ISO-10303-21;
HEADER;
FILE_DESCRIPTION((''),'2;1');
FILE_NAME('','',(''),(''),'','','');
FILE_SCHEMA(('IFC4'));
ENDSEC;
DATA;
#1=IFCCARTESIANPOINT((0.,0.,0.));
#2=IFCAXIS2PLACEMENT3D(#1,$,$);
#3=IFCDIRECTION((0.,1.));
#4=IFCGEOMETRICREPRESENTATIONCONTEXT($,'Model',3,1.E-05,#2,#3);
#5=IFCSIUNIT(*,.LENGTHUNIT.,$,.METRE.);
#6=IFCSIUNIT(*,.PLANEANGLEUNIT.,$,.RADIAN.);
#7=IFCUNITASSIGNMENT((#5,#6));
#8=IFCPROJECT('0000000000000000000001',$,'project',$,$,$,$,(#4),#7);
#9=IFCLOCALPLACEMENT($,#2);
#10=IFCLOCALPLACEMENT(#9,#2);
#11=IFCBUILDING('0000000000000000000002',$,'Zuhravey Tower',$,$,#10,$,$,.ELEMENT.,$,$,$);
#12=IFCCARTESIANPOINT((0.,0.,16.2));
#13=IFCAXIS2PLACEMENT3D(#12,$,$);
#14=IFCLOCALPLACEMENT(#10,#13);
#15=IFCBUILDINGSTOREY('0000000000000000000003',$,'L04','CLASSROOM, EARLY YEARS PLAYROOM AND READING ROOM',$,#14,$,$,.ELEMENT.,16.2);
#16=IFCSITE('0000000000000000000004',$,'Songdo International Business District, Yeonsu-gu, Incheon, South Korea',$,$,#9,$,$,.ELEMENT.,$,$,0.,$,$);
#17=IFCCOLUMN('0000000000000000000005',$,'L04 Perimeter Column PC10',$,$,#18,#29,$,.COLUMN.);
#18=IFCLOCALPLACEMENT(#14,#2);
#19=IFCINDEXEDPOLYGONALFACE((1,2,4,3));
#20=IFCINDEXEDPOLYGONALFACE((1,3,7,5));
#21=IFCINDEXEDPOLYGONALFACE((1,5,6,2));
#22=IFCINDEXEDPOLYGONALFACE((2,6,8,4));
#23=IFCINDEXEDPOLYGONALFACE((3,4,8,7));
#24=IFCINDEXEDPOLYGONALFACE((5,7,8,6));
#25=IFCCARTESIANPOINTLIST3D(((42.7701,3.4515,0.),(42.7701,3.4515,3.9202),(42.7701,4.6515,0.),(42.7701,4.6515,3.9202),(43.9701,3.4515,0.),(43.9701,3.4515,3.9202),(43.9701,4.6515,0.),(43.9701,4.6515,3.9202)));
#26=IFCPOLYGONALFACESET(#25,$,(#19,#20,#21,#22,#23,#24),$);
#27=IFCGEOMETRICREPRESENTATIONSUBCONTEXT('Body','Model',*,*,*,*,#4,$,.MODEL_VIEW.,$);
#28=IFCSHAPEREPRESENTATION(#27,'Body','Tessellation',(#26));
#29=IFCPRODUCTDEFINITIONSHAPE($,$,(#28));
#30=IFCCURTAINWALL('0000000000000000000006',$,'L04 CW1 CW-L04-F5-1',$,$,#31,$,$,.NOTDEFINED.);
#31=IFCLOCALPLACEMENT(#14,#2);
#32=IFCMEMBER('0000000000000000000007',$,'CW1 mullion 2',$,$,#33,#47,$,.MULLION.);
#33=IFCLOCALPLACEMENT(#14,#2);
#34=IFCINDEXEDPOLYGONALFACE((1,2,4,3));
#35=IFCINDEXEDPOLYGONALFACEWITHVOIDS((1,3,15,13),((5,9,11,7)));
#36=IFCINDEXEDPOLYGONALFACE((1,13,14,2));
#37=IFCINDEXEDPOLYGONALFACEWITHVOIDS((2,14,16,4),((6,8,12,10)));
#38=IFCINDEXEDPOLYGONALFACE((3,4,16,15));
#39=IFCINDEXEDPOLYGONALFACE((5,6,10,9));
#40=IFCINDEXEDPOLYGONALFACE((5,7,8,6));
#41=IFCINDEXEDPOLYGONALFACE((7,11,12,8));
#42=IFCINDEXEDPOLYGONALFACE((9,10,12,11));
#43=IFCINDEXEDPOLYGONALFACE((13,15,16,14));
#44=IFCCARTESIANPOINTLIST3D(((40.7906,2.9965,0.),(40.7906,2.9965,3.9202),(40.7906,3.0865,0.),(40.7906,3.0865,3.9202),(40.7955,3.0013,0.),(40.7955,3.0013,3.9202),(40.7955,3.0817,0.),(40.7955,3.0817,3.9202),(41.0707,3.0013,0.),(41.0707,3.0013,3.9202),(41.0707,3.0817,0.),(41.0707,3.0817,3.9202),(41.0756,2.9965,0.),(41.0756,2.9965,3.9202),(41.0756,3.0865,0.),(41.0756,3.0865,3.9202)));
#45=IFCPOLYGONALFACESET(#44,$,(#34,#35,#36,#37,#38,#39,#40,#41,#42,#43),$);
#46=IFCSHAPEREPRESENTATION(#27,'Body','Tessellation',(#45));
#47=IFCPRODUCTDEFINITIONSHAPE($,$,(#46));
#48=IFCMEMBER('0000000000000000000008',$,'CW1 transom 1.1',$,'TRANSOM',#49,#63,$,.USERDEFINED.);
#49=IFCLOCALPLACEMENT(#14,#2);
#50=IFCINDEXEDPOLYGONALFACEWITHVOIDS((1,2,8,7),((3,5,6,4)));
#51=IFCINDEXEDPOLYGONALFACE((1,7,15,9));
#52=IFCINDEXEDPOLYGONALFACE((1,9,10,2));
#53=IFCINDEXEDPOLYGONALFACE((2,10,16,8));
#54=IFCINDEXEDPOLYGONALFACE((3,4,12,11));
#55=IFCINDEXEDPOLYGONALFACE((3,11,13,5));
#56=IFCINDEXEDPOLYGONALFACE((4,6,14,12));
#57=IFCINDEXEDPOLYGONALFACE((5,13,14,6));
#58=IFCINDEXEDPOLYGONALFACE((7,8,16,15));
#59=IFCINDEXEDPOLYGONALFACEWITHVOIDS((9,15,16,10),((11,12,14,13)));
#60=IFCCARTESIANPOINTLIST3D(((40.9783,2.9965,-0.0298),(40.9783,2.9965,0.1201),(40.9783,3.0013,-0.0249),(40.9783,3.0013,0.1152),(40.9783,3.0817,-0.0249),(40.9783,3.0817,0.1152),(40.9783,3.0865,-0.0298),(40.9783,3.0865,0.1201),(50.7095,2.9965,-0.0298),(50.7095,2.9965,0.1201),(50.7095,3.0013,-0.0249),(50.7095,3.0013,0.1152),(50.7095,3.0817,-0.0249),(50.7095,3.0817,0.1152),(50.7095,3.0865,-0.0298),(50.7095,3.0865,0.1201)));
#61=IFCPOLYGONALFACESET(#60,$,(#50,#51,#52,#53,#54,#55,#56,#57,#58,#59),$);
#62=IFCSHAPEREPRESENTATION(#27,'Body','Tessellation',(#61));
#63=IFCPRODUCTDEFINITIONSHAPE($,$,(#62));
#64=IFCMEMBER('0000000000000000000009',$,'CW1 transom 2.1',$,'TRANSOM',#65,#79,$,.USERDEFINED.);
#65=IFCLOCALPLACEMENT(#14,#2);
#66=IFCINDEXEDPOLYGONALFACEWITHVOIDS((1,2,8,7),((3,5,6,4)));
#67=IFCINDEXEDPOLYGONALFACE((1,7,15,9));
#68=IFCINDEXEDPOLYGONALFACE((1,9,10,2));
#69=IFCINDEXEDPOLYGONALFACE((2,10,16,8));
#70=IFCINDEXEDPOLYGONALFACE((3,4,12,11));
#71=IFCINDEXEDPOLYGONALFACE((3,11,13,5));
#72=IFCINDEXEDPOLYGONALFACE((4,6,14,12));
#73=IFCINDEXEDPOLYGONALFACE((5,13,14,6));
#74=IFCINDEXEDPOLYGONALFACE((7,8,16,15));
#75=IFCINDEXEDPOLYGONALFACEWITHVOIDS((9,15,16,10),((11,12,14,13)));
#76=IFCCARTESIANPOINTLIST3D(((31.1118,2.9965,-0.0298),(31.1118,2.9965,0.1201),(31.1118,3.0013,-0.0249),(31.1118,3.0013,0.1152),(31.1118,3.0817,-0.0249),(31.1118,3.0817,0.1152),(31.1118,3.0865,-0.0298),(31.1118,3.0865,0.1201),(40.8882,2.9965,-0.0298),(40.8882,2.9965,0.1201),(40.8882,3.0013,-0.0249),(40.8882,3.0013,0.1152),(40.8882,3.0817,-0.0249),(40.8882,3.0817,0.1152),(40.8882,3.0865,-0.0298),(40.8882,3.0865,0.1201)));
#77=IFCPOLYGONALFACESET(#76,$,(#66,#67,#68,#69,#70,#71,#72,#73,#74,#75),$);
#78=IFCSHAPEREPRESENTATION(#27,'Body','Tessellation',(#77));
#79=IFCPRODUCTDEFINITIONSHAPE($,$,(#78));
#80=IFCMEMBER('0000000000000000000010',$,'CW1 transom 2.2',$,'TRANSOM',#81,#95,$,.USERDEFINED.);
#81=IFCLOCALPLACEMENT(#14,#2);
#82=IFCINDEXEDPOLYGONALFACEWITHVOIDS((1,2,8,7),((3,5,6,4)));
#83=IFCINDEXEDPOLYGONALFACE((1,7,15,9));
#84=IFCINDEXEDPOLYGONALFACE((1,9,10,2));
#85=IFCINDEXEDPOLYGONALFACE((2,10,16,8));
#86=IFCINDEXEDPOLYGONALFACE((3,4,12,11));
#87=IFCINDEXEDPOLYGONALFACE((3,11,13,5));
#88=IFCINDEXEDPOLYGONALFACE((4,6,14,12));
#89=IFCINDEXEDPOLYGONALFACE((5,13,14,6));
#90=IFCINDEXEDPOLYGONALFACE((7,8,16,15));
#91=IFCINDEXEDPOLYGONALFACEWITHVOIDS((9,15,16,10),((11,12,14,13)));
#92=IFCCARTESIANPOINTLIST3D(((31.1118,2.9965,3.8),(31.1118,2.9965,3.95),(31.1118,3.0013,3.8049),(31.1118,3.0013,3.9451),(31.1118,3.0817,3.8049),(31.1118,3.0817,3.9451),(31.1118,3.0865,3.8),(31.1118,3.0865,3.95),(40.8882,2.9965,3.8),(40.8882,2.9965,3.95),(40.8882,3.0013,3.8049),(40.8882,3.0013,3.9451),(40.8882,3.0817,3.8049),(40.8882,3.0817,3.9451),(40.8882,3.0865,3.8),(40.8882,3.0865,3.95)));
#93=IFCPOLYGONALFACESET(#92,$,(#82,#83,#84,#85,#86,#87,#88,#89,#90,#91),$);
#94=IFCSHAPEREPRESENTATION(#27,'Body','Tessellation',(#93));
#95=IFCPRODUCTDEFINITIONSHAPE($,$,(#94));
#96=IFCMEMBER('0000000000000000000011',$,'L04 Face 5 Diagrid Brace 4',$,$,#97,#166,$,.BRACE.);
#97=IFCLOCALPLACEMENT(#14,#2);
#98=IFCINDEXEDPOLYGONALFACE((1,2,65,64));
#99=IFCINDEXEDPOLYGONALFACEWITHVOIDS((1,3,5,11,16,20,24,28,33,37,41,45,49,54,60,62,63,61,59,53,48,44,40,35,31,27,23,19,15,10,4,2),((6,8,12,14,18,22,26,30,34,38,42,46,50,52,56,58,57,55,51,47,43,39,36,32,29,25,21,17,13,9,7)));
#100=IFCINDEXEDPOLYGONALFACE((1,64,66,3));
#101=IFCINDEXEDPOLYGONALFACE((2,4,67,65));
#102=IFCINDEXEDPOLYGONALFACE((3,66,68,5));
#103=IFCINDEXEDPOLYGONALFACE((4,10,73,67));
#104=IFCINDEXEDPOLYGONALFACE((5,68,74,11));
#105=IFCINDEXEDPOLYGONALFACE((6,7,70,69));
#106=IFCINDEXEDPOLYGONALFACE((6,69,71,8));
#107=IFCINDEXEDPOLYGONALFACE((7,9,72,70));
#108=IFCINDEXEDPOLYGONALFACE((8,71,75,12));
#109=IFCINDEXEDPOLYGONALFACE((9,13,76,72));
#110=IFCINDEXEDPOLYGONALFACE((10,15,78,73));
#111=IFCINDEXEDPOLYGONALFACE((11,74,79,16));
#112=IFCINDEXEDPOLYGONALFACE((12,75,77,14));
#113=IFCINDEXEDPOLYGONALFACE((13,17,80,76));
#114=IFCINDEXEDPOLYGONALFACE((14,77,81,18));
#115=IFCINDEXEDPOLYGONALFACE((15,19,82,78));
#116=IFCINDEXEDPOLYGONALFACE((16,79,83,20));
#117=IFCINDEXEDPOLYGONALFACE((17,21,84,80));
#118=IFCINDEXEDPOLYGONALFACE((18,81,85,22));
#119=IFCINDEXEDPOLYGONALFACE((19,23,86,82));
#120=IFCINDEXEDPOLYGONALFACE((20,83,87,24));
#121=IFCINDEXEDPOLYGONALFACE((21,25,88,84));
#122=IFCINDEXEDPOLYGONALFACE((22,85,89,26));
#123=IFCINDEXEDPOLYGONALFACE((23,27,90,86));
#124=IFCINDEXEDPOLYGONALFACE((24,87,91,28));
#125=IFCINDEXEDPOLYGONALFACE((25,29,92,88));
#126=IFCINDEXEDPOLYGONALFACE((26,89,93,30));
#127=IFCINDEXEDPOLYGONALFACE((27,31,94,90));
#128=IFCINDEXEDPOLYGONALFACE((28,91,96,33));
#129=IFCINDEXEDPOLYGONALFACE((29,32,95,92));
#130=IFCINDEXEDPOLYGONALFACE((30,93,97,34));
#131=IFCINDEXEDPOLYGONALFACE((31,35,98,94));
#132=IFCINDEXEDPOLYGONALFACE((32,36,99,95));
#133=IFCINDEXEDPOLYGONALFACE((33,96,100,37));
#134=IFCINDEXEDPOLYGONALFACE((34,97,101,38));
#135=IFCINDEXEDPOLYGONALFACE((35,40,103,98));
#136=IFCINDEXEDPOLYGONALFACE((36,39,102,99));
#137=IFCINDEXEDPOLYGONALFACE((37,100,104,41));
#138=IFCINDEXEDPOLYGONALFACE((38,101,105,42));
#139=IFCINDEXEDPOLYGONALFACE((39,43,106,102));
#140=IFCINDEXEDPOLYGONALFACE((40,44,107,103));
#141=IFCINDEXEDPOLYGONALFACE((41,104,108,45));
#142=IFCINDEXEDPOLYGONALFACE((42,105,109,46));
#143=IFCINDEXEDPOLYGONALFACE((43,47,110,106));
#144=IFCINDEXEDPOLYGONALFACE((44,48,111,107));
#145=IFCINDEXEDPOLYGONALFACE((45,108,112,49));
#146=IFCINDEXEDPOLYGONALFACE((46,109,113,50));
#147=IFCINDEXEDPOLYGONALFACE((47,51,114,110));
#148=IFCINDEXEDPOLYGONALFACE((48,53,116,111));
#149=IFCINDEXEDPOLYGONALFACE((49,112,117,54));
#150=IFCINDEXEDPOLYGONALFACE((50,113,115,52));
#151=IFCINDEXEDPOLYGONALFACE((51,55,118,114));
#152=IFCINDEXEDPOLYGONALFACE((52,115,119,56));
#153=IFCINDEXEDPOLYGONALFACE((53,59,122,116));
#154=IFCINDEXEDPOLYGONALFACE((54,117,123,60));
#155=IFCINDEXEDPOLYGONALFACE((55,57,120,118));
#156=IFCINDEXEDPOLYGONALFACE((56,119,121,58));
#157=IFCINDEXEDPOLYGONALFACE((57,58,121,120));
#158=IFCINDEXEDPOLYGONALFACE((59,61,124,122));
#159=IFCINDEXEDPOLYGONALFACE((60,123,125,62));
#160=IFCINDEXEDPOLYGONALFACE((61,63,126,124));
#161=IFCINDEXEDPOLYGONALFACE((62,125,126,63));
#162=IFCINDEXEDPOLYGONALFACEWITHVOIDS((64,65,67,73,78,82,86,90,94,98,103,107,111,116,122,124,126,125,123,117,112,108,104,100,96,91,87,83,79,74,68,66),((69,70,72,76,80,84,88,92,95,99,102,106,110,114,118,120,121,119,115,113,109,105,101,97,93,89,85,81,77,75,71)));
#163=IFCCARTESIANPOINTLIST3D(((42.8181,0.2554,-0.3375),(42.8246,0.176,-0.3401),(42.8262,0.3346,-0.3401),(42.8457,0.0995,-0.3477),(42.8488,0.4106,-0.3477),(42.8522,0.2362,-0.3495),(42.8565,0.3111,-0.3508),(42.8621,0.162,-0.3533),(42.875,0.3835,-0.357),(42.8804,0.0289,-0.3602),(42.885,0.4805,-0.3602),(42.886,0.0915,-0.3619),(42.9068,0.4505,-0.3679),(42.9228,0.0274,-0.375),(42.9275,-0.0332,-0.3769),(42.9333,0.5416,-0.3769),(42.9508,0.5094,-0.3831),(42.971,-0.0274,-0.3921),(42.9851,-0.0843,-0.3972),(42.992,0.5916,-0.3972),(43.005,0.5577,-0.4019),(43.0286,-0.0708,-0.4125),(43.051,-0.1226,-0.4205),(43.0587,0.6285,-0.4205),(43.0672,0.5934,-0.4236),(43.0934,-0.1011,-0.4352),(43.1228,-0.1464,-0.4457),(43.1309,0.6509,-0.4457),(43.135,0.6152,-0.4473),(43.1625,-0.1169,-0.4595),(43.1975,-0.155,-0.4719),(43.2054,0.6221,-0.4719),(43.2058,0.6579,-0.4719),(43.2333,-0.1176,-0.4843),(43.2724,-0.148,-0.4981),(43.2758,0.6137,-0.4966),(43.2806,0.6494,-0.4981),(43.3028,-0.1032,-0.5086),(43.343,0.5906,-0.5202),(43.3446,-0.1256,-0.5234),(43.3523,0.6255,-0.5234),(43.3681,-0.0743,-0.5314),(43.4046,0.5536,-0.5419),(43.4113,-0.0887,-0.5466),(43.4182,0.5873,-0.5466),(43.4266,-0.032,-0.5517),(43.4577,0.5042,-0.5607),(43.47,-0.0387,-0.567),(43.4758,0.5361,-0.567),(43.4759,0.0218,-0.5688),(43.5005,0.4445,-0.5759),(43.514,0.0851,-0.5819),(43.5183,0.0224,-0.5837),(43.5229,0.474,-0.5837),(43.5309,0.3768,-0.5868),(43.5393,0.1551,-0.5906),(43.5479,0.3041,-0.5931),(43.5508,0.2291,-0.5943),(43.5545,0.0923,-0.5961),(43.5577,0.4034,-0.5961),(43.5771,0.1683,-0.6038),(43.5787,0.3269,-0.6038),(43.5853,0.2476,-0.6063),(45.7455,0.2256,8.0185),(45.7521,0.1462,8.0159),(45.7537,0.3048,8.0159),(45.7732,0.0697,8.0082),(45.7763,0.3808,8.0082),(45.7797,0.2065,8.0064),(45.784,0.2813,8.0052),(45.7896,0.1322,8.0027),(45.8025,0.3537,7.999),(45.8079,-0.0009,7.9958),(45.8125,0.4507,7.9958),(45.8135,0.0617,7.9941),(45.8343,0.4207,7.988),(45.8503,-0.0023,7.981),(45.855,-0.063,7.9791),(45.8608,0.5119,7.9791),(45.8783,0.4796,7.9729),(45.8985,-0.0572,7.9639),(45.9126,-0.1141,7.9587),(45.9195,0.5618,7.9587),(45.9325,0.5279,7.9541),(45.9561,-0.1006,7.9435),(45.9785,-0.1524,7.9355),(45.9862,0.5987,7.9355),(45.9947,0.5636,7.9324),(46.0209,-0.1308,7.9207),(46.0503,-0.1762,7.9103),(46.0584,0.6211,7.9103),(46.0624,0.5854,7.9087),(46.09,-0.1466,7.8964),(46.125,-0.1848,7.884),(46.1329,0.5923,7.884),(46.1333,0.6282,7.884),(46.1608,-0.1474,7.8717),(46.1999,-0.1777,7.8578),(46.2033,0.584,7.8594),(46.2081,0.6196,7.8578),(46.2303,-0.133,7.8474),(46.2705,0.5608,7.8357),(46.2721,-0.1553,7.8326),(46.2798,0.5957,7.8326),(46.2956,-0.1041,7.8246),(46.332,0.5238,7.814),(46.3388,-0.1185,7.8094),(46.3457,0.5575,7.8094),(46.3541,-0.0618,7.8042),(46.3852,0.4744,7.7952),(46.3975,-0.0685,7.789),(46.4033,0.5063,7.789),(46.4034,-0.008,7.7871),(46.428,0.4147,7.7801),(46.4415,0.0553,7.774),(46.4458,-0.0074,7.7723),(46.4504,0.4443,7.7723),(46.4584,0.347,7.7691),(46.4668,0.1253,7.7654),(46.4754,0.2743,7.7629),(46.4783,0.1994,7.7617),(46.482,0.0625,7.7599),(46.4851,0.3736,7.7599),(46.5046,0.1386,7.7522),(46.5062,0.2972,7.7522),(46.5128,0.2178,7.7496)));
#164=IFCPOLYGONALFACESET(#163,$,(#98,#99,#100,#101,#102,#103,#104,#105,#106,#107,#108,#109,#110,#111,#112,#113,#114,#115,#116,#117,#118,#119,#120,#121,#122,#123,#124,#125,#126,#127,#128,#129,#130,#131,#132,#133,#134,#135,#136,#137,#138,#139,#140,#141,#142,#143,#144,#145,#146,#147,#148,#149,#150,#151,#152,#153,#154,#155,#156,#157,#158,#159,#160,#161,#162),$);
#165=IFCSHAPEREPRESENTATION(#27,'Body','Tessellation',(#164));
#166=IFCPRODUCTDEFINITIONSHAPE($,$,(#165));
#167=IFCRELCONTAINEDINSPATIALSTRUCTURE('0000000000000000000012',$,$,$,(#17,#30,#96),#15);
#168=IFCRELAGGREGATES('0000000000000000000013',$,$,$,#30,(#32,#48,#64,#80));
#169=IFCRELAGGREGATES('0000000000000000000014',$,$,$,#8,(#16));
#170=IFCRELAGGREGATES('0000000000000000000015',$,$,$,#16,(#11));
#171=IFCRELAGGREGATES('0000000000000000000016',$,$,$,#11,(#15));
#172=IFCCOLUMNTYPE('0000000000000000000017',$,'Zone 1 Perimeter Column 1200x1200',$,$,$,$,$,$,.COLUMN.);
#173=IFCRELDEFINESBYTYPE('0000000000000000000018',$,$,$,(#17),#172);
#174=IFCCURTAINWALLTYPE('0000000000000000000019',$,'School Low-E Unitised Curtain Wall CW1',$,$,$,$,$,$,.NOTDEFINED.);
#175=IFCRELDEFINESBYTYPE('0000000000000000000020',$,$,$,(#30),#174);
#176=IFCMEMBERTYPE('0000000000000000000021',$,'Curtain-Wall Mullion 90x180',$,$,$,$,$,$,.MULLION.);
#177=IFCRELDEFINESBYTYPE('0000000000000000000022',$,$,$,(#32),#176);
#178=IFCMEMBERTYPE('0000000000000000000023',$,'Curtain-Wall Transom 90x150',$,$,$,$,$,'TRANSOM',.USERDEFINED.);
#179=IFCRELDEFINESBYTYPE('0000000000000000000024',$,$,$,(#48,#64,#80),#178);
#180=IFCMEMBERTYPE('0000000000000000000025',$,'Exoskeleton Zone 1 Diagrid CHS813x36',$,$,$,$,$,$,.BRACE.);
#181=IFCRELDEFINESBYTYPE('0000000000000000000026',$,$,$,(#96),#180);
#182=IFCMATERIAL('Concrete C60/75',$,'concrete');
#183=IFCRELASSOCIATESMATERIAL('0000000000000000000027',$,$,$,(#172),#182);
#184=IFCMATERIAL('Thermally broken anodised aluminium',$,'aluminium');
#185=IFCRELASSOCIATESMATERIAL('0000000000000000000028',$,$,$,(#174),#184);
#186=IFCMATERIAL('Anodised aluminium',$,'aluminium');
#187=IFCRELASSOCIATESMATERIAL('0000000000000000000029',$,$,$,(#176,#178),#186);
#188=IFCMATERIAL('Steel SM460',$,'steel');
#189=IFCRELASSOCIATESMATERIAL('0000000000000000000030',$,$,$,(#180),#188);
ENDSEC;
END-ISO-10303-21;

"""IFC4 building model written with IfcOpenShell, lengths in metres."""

from ifc_helpers import new_model, si_unit, direction, frame, origin, origin_2d, place, context, subcontext, project, spatial, rectangle, hollow_rectangle, hollow_circle, extrude, material, material_profile, profile_set, type_object, element, aggregate, save


model = new_model("IFC4")

# Units and contexts
model_context = context("Model", 3, precision=1e-05, world=origin(), true_north=direction((0.0, 1.0)))
body_context = subcontext(model_context, "Body", "Model", "MODEL_VIEW")
ifc_project = project(units=[si_unit("LENGTHUNIT", "METRE"), si_unit("PLANEANGLEUNIT", "RADIAN")], contexts=[model_context])

# Site, building, storey
site_placement = place(None, origin())
site = spatial("IfcSite", under=ifc_project, at=site_placement, Name="Songdo International Business District, Yeonsu-gu, Incheon, South Korea", CompositionType="ELEMENT", RefElevation=0.0)
building_placement = place(site_placement, origin())
building = spatial("IfcBuilding", under=site, at=building_placement, Name="Zuhravey Tower", CompositionType="ELEMENT")
storey_placement = place(building_placement, frame((0.0, 0.0, 16.2)))
storey = spatial("IfcBuildingStorey", under=building, at=storey_placement, Name="L04", Description="CLASSROOM, EARLY YEARS PLAYROOM AND READING ROOM", CompositionType="ELEMENT", Elevation=16.2)

# Column
ifc_material_1 = material(Name="Concrete C60/75", Category="concrete")
ifc_material_profile_1 = material_profile(ifc_material_1, rectangle(XDim=1.2, YDim=1.2, at=origin_2d()), Name="RC-1200x1200")
ifc_profile_set_1 = profile_set([ifc_material_profile_1], Name="Concrete C60/75")
column_type = type_object("IfcColumnType", Name="Zone 1 Perimeter Column 1200x1200", PredefinedType="COLUMN", material=ifc_profile_set_1)
column_placement = place(storey_placement, frame((43.3701, 4.0515, 0.0), z_axis=(0.0, 0.0, 1.0), x_axis=(1.0, 0.0, 0.0)))
element("IfcColumn", 1, at=column_placement, inside=storey, type_object=column_type, Name="L04 Perimeter Column PC10", PredefinedType="COLUMN", context=body_context, shape_type="SweptSolid", body=[
    extrude(rectangle(XDim=1.2, YDim=1.2, at=origin_2d()), origin(), (0.0, 0.0, 1.0), 3.9202),
])

# Curtain wall, members
ifc_material_2 = material(Name="Thermally broken anodised aluminium", Category="aluminium")
curtain_wall_type = type_object("IfcCurtainWallType", Name="School Low-E Unitised Curtain Wall CW1", PredefinedType="NOTDEFINED", material=ifc_material_2)
curtain_wall_placement = place(storey_placement, origin())
curtain_wall = element("IfcCurtainWall", 2, at=curtain_wall_placement, inside=storey, type_object=curtain_wall_type, Name="L04 CW1 CW-L04-F5-1", PredefinedType="NOTDEFINED")
ifc_material_3 = material(Name="Anodised aluminium", Category="aluminium")
ifc_material_profile_2 = material_profile(ifc_material_3, hollow_rectangle(XDim=0.0901, YDim=0.2849, WallThickness=0.0049, at=origin_2d()), Name="ALU-RHS-90x285x5")
ifc_profile_set_2 = profile_set([ifc_material_profile_2], Name="Anodised aluminium")
member_type_1 = type_object("IfcMemberType", Name="Curtain-Wall Mullion 90x180", PredefinedType="MULLION", material=ifc_profile_set_2)
member_1_placement = place(storey_placement, frame((40.9331, 3.0415, 0.0), z_axis=(0.0, 0.0, 1.0), x_axis=(0.0, -1.0, 0.0)))
member_1 = element("IfcMember", 3, at=member_1_placement, type_object=member_type_1, Name="CW1 mullion 2", PredefinedType="MULLION", context=body_context, shape_type="SweptSolid", body=[
    extrude(hollow_rectangle(XDim=0.0901, YDim=0.2849, WallThickness=0.0049, at=origin_2d()), origin(), (0.0, 0.0, 1.0), 3.9202),
])
ifc_material_profile_3 = material_profile(ifc_material_3, hollow_rectangle(XDim=0.0901, YDim=0.1499, WallThickness=0.0049, at=origin_2d()), Name="ALU-RHS-90x150x5")
ifc_profile_set_3 = profile_set([ifc_material_profile_3], Name="Anodised aluminium")
member_type_2 = type_object("IfcMemberType", Name="Curtain-Wall Transom 90x150", ElementType="TRANSOM", PredefinedType="USERDEFINED", material=ifc_profile_set_3)
member_2_placement = place(storey_placement, frame((50.7095, 3.0415, 0.0452), z_axis=(-1.0, 0.0, 0.0), x_axis=(0.0, -1.0, 0.0)))
member_2 = element("IfcMember", 4, at=member_2_placement, type_object=member_type_2, Name="CW1 transom 1.1", ObjectType="TRANSOM", PredefinedType="USERDEFINED", context=body_context, shape_type="SweptSolid", body=[
    extrude(hollow_rectangle(XDim=0.0901, YDim=0.1499, WallThickness=0.0049, at=origin_2d()), origin(), (0.0, 0.0, 1.0), 9.7312),
])
member_3_placement = place(storey_placement, frame((40.8882, 3.0415, 0.0452), z_axis=(-1.0, 0.0, 0.0), x_axis=(0.0, -1.0, 0.0)))
member_3 = element("IfcMember", 5, at=member_3_placement, type_object=member_type_2, Name="CW1 transom 2.1", ObjectType="TRANSOM", PredefinedType="USERDEFINED", context=body_context, shape_type="SweptSolid", body=[
    extrude(hollow_rectangle(XDim=0.0901, YDim=0.1499, WallThickness=0.0049, at=origin_2d()), origin(), (0.0, 0.0, 1.0), 9.7764),
])
member_4_placement = place(storey_placement, frame((40.8882, 3.0415, 3.875), z_axis=(-1.0, 0.0, 0.0), x_axis=(0.0, -1.0, 0.0)))
member_4 = element("IfcMember", 6, at=member_4_placement, type_object=member_type_2, Name="CW1 transom 2.2", ObjectType="TRANSOM", PredefinedType="USERDEFINED", context=body_context, shape_type="SweptSolid", body=[
    extrude(hollow_rectangle(XDim=0.0901, YDim=0.1499, WallThickness=0.0049, at=origin_2d()), origin(), (0.0, 0.0, 1.0), 9.7764),
])

# Member
ifc_material_4 = material(Name="Steel SM460", Category="steel")
ifc_material_profile_4 = material_profile(ifc_material_4, hollow_circle(Radius=0.4065, WallThickness=0.0359, at=origin_2d()), Name="CHS-812.8x36")
ifc_profile_set_4 = profile_set([ifc_material_profile_4], Name="Steel SM460")
member_type_3 = type_object("IfcMemberType", Name="Exoskeleton Zone 1 Diagrid CHS813x36", PredefinedType="BRACE", material=ifc_profile_set_4)
member_5_placement = place(storey_placement, frame((43.2017, 0.2515, -0.4719), z_axis=(0.330641, -0.003364, 0.943751), x_axis=(0.010174, 0.999948, 0.0)))
element("IfcMember", 7, at=member_5_placement, inside=storey, type_object=member_type_3, Name="L04 Face 5 Diagrid Brace 4", PredefinedType="BRACE", context=body_context, shape_type="SweptSolid", body=[
    extrude(hollow_circle(Radius=0.4065, WallThickness=0.0359, at=origin_2d()), origin(), (0.0, 0.0, 1.0), 8.854),
])

aggregate(curtain_wall, [member_1, member_2, member_3, member_4])

save(model, "model.ifc")
